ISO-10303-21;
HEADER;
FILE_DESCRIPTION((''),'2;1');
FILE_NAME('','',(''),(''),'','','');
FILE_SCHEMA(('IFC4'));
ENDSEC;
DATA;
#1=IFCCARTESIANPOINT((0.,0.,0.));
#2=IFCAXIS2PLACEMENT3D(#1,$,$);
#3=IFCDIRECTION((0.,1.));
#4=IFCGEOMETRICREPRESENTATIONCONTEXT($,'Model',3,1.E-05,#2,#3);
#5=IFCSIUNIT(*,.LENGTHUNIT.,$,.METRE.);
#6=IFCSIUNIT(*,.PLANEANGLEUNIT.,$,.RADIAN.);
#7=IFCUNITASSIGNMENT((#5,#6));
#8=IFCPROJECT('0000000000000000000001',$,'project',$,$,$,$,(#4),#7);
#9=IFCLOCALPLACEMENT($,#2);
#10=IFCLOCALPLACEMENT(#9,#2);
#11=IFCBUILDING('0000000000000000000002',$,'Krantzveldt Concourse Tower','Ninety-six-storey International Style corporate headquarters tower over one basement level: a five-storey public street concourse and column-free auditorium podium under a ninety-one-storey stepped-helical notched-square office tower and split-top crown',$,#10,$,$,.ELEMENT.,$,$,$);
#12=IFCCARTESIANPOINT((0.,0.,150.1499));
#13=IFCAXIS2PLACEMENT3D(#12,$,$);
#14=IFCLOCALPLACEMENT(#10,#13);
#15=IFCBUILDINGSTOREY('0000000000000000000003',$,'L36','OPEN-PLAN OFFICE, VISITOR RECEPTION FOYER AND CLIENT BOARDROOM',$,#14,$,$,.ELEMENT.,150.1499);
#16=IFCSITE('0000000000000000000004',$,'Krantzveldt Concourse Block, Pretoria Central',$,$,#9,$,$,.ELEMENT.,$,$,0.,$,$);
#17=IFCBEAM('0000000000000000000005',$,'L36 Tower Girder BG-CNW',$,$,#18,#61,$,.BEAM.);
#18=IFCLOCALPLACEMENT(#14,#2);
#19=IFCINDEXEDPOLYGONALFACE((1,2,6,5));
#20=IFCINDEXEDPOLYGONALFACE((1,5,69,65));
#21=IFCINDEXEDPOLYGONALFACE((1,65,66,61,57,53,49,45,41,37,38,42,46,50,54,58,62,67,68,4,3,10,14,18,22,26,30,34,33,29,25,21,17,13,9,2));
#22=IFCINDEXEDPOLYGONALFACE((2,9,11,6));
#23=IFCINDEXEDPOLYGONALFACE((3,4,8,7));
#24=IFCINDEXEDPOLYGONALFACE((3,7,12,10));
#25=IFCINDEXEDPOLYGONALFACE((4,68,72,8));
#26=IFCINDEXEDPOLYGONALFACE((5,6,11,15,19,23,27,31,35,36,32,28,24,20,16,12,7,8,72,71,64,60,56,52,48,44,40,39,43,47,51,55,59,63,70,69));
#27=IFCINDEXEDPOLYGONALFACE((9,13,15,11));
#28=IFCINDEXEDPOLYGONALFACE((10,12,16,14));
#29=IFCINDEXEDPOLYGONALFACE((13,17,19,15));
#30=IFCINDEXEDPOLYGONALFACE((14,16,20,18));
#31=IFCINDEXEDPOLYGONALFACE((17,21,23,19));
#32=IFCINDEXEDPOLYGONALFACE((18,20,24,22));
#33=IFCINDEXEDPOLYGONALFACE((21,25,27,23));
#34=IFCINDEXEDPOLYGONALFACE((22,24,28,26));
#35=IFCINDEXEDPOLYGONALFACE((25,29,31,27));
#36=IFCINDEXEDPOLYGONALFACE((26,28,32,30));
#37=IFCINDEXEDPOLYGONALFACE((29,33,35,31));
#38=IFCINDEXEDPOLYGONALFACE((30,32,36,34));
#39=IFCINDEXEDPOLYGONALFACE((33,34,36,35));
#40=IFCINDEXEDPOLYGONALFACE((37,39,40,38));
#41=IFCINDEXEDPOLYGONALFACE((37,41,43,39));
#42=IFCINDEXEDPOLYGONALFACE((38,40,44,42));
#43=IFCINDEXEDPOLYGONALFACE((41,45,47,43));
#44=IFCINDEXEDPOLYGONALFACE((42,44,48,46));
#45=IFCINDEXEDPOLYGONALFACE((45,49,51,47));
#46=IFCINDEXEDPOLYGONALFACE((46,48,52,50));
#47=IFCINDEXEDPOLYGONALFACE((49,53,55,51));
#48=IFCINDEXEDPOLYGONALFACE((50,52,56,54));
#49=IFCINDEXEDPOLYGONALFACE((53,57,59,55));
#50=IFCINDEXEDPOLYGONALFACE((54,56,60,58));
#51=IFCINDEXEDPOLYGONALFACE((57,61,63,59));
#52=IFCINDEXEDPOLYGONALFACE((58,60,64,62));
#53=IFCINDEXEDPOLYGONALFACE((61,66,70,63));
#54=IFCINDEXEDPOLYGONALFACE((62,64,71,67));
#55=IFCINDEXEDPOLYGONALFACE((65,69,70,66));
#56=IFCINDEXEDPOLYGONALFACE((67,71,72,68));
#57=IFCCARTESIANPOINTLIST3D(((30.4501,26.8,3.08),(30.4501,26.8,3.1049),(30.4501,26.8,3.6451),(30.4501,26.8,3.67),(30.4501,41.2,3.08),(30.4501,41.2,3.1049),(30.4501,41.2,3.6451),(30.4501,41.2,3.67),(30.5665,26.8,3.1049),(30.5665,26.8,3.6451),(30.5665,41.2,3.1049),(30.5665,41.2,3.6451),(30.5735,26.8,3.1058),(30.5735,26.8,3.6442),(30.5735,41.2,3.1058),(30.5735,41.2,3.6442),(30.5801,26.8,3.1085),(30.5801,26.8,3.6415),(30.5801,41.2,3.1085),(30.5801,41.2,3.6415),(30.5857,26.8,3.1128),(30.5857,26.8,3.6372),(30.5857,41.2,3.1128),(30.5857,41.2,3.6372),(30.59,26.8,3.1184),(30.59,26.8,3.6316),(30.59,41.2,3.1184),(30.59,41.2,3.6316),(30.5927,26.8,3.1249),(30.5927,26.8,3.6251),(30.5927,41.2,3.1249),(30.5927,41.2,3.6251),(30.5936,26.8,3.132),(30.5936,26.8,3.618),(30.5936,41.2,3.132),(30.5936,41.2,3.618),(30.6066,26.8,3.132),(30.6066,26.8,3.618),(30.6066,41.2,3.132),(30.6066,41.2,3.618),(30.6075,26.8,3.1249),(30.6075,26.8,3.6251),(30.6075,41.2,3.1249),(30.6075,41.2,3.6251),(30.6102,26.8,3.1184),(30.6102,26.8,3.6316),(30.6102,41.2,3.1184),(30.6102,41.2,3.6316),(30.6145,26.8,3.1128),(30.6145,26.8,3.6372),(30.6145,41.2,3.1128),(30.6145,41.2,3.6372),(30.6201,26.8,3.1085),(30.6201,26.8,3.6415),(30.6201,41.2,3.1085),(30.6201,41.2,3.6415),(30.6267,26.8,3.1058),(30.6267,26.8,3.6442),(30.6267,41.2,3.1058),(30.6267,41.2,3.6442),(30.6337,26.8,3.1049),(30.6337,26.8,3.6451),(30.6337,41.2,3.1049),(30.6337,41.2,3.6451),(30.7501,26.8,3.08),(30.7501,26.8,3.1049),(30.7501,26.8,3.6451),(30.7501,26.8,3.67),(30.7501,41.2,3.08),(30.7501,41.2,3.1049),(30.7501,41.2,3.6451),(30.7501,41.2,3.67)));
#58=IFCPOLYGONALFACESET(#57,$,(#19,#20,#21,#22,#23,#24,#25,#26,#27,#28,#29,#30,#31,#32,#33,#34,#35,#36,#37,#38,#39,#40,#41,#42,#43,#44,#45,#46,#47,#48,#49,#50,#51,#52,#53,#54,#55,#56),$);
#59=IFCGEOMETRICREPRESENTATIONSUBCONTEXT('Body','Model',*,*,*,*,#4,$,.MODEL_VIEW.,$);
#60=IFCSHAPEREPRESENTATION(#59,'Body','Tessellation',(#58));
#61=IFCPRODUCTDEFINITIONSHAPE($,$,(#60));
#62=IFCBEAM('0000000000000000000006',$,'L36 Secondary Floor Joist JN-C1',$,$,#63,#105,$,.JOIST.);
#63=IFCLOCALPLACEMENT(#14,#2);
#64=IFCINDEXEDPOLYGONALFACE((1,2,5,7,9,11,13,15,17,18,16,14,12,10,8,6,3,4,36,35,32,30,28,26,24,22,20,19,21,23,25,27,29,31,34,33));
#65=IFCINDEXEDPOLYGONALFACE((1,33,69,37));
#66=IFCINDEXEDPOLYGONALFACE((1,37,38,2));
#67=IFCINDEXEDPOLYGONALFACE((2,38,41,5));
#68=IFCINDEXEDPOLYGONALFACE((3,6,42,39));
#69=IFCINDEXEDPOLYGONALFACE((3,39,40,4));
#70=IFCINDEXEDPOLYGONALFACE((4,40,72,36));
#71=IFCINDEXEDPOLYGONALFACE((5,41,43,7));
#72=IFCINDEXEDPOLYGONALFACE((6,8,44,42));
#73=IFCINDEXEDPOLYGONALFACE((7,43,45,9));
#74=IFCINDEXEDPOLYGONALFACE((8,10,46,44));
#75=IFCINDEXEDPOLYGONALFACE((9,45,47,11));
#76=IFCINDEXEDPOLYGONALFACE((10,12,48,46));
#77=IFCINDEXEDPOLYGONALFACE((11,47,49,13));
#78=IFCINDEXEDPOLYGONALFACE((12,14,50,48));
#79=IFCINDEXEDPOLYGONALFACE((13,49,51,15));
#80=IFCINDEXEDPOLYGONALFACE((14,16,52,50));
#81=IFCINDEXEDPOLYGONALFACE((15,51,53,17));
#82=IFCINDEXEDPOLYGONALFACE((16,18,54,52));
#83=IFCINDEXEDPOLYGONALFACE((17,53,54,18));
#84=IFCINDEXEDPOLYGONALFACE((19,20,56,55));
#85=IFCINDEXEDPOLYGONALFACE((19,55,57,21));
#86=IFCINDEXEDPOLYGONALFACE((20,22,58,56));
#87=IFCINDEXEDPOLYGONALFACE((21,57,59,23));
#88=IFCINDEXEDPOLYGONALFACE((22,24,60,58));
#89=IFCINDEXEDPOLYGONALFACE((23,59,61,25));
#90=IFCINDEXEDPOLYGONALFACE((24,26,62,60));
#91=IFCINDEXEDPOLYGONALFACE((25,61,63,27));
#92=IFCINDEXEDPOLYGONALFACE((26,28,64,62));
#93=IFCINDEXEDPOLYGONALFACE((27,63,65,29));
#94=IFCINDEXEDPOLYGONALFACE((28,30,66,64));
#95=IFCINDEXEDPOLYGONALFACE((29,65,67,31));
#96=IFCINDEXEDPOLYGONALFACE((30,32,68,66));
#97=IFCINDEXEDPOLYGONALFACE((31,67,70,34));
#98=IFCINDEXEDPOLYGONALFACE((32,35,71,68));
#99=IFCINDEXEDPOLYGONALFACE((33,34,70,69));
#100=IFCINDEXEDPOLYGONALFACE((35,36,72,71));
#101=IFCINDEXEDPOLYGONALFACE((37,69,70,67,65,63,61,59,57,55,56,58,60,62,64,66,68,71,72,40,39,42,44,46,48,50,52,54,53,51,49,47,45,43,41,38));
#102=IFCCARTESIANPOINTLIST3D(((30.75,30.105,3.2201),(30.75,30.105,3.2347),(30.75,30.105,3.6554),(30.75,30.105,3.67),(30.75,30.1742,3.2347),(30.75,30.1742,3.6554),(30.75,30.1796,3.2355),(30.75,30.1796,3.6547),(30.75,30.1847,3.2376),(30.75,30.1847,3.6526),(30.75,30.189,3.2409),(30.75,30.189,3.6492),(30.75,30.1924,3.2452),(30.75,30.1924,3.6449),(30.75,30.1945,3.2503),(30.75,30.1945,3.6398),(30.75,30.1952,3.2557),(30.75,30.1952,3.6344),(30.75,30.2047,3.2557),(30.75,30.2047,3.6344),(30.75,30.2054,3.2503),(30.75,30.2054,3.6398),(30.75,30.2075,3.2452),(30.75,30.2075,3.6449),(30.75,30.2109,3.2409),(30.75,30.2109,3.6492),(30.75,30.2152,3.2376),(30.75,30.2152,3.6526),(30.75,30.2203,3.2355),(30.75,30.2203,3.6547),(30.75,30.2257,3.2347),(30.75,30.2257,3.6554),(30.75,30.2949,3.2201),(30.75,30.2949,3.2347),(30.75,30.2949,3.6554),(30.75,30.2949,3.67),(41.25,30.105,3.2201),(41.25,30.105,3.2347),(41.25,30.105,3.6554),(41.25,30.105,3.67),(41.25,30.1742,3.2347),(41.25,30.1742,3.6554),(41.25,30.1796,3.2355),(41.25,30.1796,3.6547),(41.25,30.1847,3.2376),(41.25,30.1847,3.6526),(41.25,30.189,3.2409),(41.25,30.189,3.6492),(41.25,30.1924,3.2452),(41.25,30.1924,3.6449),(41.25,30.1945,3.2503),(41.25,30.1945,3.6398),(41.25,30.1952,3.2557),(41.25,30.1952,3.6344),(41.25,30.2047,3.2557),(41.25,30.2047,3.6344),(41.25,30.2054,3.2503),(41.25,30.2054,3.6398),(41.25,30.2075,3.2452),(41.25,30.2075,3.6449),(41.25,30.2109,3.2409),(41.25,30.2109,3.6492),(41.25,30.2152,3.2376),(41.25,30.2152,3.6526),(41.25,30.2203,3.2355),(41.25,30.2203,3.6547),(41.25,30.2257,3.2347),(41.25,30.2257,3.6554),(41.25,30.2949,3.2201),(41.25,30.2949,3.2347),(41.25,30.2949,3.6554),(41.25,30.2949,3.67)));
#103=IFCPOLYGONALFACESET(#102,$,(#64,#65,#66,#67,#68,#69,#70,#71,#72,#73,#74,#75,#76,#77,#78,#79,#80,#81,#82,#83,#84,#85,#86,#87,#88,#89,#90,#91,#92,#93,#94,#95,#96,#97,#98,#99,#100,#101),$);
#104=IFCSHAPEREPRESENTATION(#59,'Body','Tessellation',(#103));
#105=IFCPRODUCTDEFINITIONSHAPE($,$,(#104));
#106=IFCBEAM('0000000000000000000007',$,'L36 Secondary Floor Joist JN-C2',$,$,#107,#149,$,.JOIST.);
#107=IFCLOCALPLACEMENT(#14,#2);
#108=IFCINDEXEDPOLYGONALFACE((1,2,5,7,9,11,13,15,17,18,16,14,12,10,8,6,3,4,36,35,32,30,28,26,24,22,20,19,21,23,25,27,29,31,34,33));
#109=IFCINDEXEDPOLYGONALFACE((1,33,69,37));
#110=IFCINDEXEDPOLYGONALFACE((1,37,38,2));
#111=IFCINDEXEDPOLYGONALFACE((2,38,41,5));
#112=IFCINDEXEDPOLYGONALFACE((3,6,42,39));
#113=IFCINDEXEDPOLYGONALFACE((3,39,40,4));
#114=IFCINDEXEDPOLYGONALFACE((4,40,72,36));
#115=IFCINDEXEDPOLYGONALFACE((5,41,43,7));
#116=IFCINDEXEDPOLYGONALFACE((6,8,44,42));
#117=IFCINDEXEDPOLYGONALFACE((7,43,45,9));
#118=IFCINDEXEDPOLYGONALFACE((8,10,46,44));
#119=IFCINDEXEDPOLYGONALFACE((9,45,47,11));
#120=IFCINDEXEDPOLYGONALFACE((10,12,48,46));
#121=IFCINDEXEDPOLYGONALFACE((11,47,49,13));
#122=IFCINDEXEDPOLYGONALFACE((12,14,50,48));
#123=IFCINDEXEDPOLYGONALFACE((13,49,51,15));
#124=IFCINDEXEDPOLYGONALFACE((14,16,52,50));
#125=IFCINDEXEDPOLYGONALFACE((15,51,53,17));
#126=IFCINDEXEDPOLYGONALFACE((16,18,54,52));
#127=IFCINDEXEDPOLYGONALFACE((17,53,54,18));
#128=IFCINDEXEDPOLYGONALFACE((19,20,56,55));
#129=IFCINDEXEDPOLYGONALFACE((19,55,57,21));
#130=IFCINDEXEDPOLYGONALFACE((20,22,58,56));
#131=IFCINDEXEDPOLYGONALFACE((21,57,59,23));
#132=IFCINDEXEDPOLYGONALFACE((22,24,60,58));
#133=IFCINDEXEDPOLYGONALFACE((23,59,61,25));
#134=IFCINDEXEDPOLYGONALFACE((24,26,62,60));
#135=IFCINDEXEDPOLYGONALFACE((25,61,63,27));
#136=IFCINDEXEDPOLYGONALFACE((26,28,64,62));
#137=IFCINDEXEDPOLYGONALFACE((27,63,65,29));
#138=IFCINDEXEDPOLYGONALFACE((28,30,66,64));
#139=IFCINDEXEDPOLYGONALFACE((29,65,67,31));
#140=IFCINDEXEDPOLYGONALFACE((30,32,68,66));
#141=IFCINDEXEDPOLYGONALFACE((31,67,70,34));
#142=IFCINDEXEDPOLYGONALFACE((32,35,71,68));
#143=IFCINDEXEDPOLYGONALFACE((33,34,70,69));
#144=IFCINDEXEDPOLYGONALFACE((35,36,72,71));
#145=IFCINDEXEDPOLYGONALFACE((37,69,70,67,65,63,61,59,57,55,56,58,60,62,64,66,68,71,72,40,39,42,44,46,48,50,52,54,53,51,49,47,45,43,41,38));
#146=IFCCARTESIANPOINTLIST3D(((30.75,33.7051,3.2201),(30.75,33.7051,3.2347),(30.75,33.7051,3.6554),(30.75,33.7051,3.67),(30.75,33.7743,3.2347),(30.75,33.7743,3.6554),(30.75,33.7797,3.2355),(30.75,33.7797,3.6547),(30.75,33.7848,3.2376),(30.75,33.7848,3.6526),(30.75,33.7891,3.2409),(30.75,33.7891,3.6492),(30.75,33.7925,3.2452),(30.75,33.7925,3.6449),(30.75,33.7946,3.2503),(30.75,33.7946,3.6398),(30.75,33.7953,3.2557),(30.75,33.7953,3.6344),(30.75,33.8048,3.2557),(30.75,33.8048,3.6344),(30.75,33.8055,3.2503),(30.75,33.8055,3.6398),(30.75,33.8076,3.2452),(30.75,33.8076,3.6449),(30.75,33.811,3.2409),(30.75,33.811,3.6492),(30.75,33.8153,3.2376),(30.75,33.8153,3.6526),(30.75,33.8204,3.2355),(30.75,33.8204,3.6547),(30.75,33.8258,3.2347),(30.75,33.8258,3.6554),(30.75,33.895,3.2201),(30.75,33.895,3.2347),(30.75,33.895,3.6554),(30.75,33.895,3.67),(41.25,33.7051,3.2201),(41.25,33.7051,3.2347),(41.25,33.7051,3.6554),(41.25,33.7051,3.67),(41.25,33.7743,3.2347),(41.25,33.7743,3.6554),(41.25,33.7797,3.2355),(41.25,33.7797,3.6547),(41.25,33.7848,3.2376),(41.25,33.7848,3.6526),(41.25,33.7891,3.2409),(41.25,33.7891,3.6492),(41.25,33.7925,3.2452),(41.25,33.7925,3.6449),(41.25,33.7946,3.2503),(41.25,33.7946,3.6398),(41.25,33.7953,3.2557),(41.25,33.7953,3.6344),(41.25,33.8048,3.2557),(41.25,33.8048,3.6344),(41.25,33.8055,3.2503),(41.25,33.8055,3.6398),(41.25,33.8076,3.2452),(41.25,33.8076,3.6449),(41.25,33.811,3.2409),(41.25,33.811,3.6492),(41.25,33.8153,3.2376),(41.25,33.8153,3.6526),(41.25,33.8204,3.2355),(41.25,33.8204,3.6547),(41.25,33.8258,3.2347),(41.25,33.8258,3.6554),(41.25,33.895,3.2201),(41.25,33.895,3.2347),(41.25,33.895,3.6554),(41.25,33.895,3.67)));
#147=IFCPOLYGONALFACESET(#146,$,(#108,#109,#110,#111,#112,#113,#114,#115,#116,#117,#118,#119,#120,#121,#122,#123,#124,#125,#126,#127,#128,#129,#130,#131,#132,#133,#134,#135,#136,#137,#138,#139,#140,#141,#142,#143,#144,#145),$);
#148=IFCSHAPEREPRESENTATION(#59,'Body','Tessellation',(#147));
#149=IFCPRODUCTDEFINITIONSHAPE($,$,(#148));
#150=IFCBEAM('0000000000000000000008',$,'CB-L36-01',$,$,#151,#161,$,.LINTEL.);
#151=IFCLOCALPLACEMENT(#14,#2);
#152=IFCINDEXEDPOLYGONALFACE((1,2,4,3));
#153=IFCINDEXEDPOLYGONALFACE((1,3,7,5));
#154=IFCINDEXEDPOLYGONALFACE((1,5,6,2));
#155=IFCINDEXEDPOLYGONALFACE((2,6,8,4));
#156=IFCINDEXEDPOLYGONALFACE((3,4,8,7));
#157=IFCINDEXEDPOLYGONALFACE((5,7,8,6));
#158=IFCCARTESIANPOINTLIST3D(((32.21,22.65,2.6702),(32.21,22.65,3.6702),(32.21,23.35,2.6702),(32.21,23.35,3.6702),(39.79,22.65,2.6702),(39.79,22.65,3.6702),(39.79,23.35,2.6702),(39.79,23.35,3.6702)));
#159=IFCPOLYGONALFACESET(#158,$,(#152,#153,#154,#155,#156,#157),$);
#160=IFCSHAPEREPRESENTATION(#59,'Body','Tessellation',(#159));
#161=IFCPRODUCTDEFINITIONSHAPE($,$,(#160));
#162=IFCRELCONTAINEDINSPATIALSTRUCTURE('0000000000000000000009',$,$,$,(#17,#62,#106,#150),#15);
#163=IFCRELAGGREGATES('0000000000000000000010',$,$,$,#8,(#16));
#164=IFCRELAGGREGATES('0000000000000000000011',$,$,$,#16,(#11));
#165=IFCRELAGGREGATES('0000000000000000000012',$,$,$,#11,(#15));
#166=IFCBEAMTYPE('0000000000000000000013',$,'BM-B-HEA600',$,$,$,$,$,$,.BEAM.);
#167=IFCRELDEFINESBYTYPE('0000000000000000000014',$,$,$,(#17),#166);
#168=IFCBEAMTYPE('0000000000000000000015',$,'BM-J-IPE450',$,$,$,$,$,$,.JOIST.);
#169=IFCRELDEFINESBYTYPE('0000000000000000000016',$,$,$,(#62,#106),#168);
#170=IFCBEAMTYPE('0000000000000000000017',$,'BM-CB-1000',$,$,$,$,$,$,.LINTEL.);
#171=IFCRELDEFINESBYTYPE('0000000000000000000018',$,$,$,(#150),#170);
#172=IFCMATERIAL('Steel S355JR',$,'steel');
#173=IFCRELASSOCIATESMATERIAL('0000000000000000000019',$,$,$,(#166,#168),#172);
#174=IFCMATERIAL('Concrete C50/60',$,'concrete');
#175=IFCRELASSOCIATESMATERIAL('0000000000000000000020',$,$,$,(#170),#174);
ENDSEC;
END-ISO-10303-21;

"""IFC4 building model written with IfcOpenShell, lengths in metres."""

from ifc_helpers import new_model, si_unit, direction, frame, origin, origin_2d, place, context, subcontext, project, spatial, rectangle, i_section, extrude, source, transform, mapped, material, material_profile, profile_set, type_object, type_shapes, element, save


model = new_model("IFC4")

# Units and contexts
model_context = context("Model", 3, precision=1e-05, world=origin(), true_north=direction((0.0, 1.0)))
body_context = subcontext(model_context, "Body", "Model", "MODEL_VIEW")
ifc_project = project(units=[si_unit("LENGTHUNIT", "METRE"), si_unit("PLANEANGLEUNIT", "RADIAN")], contexts=[model_context])

# Site, building, storey
site_placement = place(None, origin())
site = spatial("IfcSite", under=ifc_project, at=site_placement, Name="Krantzveldt Concourse Block, Pretoria Central", CompositionType="ELEMENT", RefElevation=0.0)
building_placement = place(site_placement, origin())
building = spatial("IfcBuilding", under=site, at=building_placement, Name="Krantzveldt Concourse Tower", Description="Ninety-six-storey International Style corporate headquarters tower over one basement level: a five-storey public street concourse and column-free auditorium podium under a ninety-one-storey stepped-helical notched-square office tower and split-top crown", CompositionType="ELEMENT")
storey_placement = place(building_placement, frame((0.0, 0.0, 150.1499)))
storey = spatial("IfcBuildingStorey", under=building, at=storey_placement, Name="L36", Description="OPEN-PLAN OFFICE, VISITOR RECEPTION FOYER AND CLIENT BOARDROOM", CompositionType="ELEMENT", Elevation=150.1499)

# Beams
ifc_material_1 = material(Name="Steel S355JR", Category="steel")
ifc_material_profile_1 = material_profile(ifc_material_1, i_section(OverallWidth=0.3, OverallDepth=0.5901, WebThickness=0.0129, FlangeThickness=0.0249, FilletRadius=0.0271, at=origin_2d()), Name="Steel S355JR", Category="steel")
ifc_profile_set_1 = profile_set([ifc_material_profile_1], Name="Steel S355JR - HEA 600")
beam_type_1 = type_object("IfcBeamType", Name="BM-B-HEA600", PredefinedType="BEAM", material=ifc_profile_set_1)
shared_shape_1 = source(origin(), body_context, "Body", "SweptSolid", [
    extrude(i_section(OverallWidth=0.3, OverallDepth=0.5901, WebThickness=0.0129, FlangeThickness=0.0249, FilletRadius=0.0271, at=origin_2d()), origin(), (0.0, 0.0, 1.0), 14.3999),
])
type_shapes(beam_type_1, [shared_shape_1])
beam_1_placement = place(storey_placement, frame((30.6001, 26.8, 3.375), z_axis=(0.0, 1.0, 0.0), x_axis=(-1.0, 0.0, 0.0)))
element("IfcBeam", 1, at=beam_1_placement, inside=storey, type_object=beam_type_1, Name="L36 Tower Girder BG-CNW", PredefinedType="BEAM", context=body_context, shape_type="MappedRepresentation", body=[
    mapped(shared_shape_1, transform((0.0, 0.0, 0.0), x_axis=(1.0, 0.0, 0.0), y_axis=(0.0, 1.0, 0.0), z_axis=(0.0, 0.0, 1.0), scale=1.0)),
])
ifc_material_profile_2 = material_profile(ifc_material_1, i_section(OverallWidth=0.1899, OverallDepth=0.45, WebThickness=0.0095, FlangeThickness=0.0146, FilletRadius=0.021, at=origin_2d()), Name="Steel S355JR", Category="steel")
ifc_profile_set_2 = profile_set([ifc_material_profile_2], Name="Steel S355JR - IPE 450")
beam_type_2 = type_object("IfcBeamType", Name="BM-J-IPE450", PredefinedType="JOIST", material=ifc_profile_set_2)
shared_shape_2 = source(origin(), body_context, "Body", "SweptSolid", [
    extrude(i_section(OverallWidth=0.1899, OverallDepth=0.45, WebThickness=0.0095, FlangeThickness=0.0146, FilletRadius=0.021, at=origin_2d()), origin(), (0.0, 0.0, 1.0), 10.5),
])
for number, where, z_axis, x_axis, name in (
    (2, (30.75, 30.2, 3.4451), (1.0, 0.0, 0.0), (0.0, 1.0, 0.0), "L36 Secondary Floor Joist JN-C1"),
    (3, (30.75, 33.8, 3.4451), (1.0, 0.0, 0.0), (0.0, 1.0, 0.0), "L36 Secondary Floor Joist JN-C2"),
):
    element("IfcBeam", number, at=place(storey_placement, frame(where, z_axis=z_axis, x_axis=x_axis)), inside=storey, type_object=beam_type_2, Name=name, PredefinedType="JOIST", context=body_context, shape_type="MappedRepresentation", body=[
        mapped(shared_shape_2, transform((0.0, 0.0, 0.0), x_axis=(1.0, 0.0, 0.0), y_axis=(0.0, 1.0, 0.0), z_axis=(0.0, 0.0, 1.0), scale=1.0)),
    ])
ifc_material_2 = material(Name="Concrete C50/60", Category="concrete")
ifc_material_profile_3 = material_profile(ifc_material_2, rectangle(XDim=0.7, YDim=1.0, at=origin_2d()), Name="Concrete C50/60", Category="concrete")
ifc_profile_set_3 = profile_set([ifc_material_profile_3], Name="Concrete C50/60 - RC-CB 700x1000")
beam_type_3 = type_object("IfcBeamType", Name="BM-CB-1000", PredefinedType="LINTEL", material=ifc_profile_set_3)
shared_shape_3 = source(origin(), body_context, "Body", "SweptSolid", [
    extrude(rectangle(XDim=0.7, YDim=1.0, at=origin_2d()), origin(), (0.0, 0.0, 1.0), 7.5801),
])
type_shapes(beam_type_3, [shared_shape_3])
beam_2_placement = place(storey_placement, frame((32.21, 23.0, 3.1702), z_axis=(1.0, 0.0, 0.0), x_axis=(0.0, 1.0, 0.0)))
element("IfcBeam", 4, at=beam_2_placement, inside=storey, type_object=beam_type_3, Name="CB-L36-01", PredefinedType="LINTEL", context=body_context, shape_type="MappedRepresentation", body=[
    mapped(shared_shape_3, transform((0.0, 0.0, 0.0), x_axis=(1.0, 0.0, 0.0), y_axis=(0.0, 1.0, 0.0), z_axis=(0.0, 0.0, 1.0), scale=1.0)),
])

save(model, "model.ifc")
